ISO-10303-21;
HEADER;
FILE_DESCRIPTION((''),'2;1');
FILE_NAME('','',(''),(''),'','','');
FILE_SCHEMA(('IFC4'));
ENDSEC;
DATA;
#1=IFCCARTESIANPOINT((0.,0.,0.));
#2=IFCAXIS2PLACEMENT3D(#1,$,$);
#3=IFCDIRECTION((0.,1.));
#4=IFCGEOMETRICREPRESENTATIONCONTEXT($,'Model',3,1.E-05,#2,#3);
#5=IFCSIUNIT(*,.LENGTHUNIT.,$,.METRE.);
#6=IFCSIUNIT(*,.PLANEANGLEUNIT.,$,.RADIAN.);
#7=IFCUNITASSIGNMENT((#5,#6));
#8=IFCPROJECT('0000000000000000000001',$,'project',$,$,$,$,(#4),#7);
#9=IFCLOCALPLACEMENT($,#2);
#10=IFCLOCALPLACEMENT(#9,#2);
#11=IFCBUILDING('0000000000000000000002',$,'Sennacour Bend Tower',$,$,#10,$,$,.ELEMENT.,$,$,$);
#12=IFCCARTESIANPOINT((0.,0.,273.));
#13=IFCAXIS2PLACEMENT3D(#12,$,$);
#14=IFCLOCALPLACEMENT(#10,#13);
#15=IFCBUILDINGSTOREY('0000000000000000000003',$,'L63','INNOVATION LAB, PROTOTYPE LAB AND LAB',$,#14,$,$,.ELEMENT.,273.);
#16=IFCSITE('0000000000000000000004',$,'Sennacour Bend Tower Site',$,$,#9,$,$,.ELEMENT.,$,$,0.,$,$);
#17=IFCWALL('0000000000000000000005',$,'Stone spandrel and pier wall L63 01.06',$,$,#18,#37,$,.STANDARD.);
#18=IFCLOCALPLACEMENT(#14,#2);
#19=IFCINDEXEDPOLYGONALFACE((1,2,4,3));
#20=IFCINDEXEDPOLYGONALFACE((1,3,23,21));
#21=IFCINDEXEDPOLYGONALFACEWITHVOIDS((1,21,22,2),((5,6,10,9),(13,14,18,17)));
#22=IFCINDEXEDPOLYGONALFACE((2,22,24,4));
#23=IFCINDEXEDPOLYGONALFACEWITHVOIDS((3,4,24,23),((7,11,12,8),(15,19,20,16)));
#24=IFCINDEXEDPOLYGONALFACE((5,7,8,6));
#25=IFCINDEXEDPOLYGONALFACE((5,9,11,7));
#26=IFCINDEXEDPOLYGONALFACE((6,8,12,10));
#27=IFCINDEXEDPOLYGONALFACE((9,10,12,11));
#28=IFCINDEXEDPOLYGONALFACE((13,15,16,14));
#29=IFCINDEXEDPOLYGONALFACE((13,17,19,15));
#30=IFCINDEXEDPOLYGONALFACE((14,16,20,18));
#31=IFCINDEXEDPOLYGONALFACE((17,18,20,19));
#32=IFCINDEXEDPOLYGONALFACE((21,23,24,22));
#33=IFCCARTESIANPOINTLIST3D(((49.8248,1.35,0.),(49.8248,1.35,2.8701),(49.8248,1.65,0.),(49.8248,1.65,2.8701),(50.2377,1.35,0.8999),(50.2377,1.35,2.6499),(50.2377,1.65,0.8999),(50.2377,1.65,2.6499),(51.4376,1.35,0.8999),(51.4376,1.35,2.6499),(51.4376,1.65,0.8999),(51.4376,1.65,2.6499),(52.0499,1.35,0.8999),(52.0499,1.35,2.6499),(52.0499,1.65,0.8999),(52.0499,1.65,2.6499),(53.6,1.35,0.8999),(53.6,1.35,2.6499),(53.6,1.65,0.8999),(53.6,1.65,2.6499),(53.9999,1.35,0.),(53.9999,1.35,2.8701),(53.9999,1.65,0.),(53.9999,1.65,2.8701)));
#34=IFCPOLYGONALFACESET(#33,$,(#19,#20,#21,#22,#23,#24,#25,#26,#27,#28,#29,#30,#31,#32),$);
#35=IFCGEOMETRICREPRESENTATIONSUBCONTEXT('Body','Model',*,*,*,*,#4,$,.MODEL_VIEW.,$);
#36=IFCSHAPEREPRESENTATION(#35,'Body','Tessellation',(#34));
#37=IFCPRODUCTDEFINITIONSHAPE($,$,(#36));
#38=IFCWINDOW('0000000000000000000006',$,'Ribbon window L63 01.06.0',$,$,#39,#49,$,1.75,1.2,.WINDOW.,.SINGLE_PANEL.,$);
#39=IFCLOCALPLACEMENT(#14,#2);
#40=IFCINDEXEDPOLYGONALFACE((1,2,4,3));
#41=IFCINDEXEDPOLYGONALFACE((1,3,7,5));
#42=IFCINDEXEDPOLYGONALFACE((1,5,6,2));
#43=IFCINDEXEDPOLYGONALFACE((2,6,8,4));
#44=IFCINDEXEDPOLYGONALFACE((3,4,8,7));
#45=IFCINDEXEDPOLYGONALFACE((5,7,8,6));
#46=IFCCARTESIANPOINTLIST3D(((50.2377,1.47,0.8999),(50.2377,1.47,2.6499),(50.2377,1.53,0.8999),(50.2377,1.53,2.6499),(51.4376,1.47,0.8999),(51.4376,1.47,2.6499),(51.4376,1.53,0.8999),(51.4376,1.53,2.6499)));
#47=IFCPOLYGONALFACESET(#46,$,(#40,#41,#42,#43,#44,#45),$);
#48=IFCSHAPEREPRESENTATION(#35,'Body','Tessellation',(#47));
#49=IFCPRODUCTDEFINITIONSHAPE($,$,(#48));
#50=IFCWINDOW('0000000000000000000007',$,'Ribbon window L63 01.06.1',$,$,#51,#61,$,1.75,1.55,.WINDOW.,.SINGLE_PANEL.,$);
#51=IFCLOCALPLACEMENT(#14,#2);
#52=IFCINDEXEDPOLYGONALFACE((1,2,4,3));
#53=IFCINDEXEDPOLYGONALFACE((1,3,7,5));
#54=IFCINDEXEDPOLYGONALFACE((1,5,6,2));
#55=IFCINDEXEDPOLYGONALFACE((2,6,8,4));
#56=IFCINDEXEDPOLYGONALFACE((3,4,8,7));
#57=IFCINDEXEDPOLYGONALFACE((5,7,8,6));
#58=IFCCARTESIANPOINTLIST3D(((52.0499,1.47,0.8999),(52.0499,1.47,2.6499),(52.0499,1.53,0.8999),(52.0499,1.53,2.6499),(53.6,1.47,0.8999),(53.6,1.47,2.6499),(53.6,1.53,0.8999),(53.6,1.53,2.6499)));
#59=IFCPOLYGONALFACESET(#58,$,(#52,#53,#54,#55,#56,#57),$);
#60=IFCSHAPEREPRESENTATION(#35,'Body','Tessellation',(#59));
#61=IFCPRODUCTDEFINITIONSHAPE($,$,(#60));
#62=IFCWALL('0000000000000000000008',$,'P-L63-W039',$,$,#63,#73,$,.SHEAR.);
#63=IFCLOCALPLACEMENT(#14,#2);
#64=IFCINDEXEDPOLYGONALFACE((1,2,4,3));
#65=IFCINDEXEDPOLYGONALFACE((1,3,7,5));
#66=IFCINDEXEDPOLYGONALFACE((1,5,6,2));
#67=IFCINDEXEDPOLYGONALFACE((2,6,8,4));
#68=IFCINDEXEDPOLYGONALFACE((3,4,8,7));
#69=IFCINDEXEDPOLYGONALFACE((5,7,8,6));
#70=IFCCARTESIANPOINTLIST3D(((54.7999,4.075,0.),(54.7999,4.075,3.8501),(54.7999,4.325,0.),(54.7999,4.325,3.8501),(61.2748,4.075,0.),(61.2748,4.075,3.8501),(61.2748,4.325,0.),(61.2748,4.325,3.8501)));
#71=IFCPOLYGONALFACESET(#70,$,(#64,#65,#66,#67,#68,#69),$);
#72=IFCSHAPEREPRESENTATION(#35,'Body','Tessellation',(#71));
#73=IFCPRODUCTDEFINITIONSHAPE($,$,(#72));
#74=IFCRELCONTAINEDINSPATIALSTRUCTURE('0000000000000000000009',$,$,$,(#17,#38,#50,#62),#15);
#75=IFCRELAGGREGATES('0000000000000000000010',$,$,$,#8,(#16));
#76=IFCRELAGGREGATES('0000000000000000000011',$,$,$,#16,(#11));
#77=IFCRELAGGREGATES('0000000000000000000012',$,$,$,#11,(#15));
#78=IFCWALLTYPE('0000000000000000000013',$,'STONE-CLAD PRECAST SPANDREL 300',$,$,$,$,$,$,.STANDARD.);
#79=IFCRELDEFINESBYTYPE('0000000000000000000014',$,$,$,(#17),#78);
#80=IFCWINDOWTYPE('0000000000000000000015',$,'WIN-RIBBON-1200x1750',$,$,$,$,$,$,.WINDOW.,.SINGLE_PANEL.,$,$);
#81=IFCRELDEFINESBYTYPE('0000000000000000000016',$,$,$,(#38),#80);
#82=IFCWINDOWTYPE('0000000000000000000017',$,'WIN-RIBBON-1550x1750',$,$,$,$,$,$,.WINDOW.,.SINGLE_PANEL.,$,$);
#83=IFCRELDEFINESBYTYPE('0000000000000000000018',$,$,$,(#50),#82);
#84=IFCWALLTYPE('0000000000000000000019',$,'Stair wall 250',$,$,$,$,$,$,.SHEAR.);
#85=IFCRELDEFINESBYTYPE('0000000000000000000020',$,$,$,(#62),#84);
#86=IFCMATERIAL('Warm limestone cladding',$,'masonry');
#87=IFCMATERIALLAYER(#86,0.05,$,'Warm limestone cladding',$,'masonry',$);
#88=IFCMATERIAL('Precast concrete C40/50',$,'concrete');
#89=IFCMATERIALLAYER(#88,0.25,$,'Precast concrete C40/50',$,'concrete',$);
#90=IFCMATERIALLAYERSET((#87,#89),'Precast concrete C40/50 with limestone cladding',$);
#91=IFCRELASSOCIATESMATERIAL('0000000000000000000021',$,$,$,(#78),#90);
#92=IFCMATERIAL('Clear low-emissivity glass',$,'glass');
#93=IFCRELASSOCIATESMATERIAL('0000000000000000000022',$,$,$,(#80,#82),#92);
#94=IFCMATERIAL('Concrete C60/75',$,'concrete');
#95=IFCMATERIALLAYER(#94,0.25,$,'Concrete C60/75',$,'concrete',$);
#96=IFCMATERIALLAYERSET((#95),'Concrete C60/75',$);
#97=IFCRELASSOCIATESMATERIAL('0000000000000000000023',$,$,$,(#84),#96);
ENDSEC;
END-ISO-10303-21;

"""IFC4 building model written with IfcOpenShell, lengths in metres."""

from ifc_helpers import new_model, si_unit, direction, frame, frame_2d, origin, place, context, subcontext, project, spatial, rectangle, extrude, material, layer, layer_set, type_object, element, fill, save


model = new_model("IFC4")

# Units and contexts
model_context = context("Model", 3, precision=1e-05, world=origin(), true_north=direction((0.0, 1.0)))
body_context = subcontext(model_context, "Body", "Model", "MODEL_VIEW")
ifc_project = project(units=[si_unit("LENGTHUNIT", "METRE"), si_unit("PLANEANGLEUNIT", "RADIAN")], contexts=[model_context])

# Site, building, storey
site_placement = place(None, origin())
site = spatial("IfcSite", under=ifc_project, at=site_placement, Name="Sennacour Bend Tower Site", CompositionType="ELEMENT", RefElevation=0.0)
building_placement = place(site_placement, origin())
building = spatial("IfcBuilding", under=site, at=building_placement, Name="Sennacour Bend Tower", CompositionType="ELEMENT")
storey_placement = place(building_placement, frame((0.0, 0.0, 273.0)))
storey = spatial("IfcBuildingStorey", under=building, at=storey_placement, Name="L63", Description="INNOVATION LAB, PROTOTYPE LAB AND LAB", CompositionType="ELEMENT", Elevation=273.0)

# Wall, openings, windows
ifc_material_1 = material(Name="Warm limestone cladding", Category="masonry")
ifc_layer_1 = layer(ifc_material_1, 0.05, Name="Warm limestone cladding", Category="masonry")
ifc_material_2 = material(Name="Precast concrete C40/50", Category="concrete")
ifc_layer_2 = layer(ifc_material_2, 0.25, Name="Precast concrete C40/50", Category="concrete")
ifc_layer_set_1 = layer_set([ifc_layer_1, ifc_layer_2], Name="Precast concrete C40/50 with limestone cladding")
wall_type_1 = type_object("IfcWallType", Name="STONE-CLAD PRECAST SPANDREL 300", PredefinedType="STANDARD", material=ifc_layer_set_1)
ifc_material_3 = material(Name="Clear low-emissivity glass", Category="glass")
window_type_1 = type_object("IfcWindowType", Name="WIN-RIBBON-1200x1750", PartitioningType="SINGLE_PANEL", PredefinedType="WINDOW", material=ifc_material_3)
wall_1_placement = place(storey_placement, frame((49.825, 1.5, 0.0), z_axis=(0.0, 0.0, 1.0), x_axis=(1.0, 0.0, 0.0)))
wall_1 = element("IfcWall", 1, at=wall_1_placement, inside=storey, type_object=wall_type_1, Name="Stone spandrel and pier wall L63 01.06", PredefinedType="STANDARD", context=body_context, shape_type="SweptSolid", body=[
    extrude(rectangle(XDim=4.175, YDim=0.3, at=frame_2d((2.0874, 0.0))), origin(), (0.0, 0.0, 1.0), 2.8701),
])
opening_1_placement = place(wall_1_placement, frame((0.4126, 0.0, 0.8999)))
opening_1 = element("IfcOpeningElement", 2, at=opening_1_placement, cuts=wall_1, PredefinedType="OPENING", context=body_context, shape_type="SweptSolid", body=[
    extrude(rectangle(XDim=1.2, YDim=1.75, at=frame_2d((0.6001, 0.875))), frame((0.0, 0.1602, 0.0), z_axis=(0.0, -1.0, 0.0), x_axis=(1.0, 0.0, 0.0)), (0.0, 0.0, 1.0), 0.3201),
])
opening_2_placement = place(wall_1_placement, frame((2.2251, 0.0, 0.8999)))
opening_2 = element("IfcOpeningElement", 3, at=opening_2_placement, cuts=wall_1, PredefinedType="OPENING", context=body_context, shape_type="SweptSolid", body=[
    extrude(rectangle(XDim=1.55, YDim=1.75, at=frame_2d((0.7749, 0.875))), frame((0.0, 0.1602, 0.0), z_axis=(0.0, -1.0, 0.0), x_axis=(1.0, 0.0, 0.0)), (0.0, 0.0, 1.0), 0.3201),
])
window_1_placement = place(opening_1_placement, origin())
window_1 = element("IfcWindow", 4, at=window_1_placement, inside=storey, type_object=window_type_1, Name="Ribbon window L63 01.06.0", OverallHeight=1.75, OverallWidth=1.2, PartitioningType="SINGLE_PANEL", PredefinedType="WINDOW", context=body_context, shape_type="SweptSolid", body=[
    extrude(rectangle(XDim=1.2, YDim=1.75, at=frame_2d((0.6001, 0.875))), frame((0.0, 0.03, 0.0), z_axis=(0.0, -1.0, 0.0), x_axis=(1.0, 0.0, 0.0)), (0.0, 0.0, 1.0), 0.0601),
])
fill(opening_1, window_1)
window_type_2 = type_object("IfcWindowType", Name="WIN-RIBBON-1550x1750", PartitioningType="SINGLE_PANEL", PredefinedType="WINDOW", material=ifc_material_3)
window_2_placement = place(opening_2_placement, origin())
window_2 = element("IfcWindow", 5, at=window_2_placement, inside=storey, type_object=window_type_2, Name="Ribbon window L63 01.06.1", OverallHeight=1.75, OverallWidth=1.55, PartitioningType="SINGLE_PANEL", PredefinedType="WINDOW", context=body_context, shape_type="SweptSolid", body=[
    extrude(rectangle(XDim=1.55, YDim=1.75, at=frame_2d((0.7749, 0.875))), frame((0.0, 0.03, 0.0), z_axis=(0.0, -1.0, 0.0), x_axis=(1.0, 0.0, 0.0)), (0.0, 0.0, 1.0), 0.0601),
])
fill(opening_2, window_2)

# Wall
ifc_material_4 = material(Name="Concrete C60/75", Category="concrete")
ifc_layer_3 = layer(ifc_material_4, 0.25, Name="Concrete C60/75", Category="concrete")
ifc_layer_set_2 = layer_set([ifc_layer_3], Name="Concrete C60/75")
wall_type_2 = type_object("IfcWallType", Name="Stair wall 250", PredefinedType="SHEAR", material=ifc_layer_set_2)
wall_2_placement = place(storey_placement, frame((54.8, 4.2, 0.0), z_axis=(0.0, 0.0, 1.0), x_axis=(1.0, 0.0, 0.0)))
element("IfcWall", 6, at=wall_2_placement, inside=storey, type_object=wall_type_2, Name="P-L63-W039", PredefinedType="SHEAR", context=body_context, shape_type="SweptSolid", body=[
    extrude(rectangle(XDim=6.4749, YDim=0.25, at=frame_2d((3.2373, 0.0))), origin(), (0.0, 0.0, 1.0), 3.8501),
])

save(model, "model.ifc")
